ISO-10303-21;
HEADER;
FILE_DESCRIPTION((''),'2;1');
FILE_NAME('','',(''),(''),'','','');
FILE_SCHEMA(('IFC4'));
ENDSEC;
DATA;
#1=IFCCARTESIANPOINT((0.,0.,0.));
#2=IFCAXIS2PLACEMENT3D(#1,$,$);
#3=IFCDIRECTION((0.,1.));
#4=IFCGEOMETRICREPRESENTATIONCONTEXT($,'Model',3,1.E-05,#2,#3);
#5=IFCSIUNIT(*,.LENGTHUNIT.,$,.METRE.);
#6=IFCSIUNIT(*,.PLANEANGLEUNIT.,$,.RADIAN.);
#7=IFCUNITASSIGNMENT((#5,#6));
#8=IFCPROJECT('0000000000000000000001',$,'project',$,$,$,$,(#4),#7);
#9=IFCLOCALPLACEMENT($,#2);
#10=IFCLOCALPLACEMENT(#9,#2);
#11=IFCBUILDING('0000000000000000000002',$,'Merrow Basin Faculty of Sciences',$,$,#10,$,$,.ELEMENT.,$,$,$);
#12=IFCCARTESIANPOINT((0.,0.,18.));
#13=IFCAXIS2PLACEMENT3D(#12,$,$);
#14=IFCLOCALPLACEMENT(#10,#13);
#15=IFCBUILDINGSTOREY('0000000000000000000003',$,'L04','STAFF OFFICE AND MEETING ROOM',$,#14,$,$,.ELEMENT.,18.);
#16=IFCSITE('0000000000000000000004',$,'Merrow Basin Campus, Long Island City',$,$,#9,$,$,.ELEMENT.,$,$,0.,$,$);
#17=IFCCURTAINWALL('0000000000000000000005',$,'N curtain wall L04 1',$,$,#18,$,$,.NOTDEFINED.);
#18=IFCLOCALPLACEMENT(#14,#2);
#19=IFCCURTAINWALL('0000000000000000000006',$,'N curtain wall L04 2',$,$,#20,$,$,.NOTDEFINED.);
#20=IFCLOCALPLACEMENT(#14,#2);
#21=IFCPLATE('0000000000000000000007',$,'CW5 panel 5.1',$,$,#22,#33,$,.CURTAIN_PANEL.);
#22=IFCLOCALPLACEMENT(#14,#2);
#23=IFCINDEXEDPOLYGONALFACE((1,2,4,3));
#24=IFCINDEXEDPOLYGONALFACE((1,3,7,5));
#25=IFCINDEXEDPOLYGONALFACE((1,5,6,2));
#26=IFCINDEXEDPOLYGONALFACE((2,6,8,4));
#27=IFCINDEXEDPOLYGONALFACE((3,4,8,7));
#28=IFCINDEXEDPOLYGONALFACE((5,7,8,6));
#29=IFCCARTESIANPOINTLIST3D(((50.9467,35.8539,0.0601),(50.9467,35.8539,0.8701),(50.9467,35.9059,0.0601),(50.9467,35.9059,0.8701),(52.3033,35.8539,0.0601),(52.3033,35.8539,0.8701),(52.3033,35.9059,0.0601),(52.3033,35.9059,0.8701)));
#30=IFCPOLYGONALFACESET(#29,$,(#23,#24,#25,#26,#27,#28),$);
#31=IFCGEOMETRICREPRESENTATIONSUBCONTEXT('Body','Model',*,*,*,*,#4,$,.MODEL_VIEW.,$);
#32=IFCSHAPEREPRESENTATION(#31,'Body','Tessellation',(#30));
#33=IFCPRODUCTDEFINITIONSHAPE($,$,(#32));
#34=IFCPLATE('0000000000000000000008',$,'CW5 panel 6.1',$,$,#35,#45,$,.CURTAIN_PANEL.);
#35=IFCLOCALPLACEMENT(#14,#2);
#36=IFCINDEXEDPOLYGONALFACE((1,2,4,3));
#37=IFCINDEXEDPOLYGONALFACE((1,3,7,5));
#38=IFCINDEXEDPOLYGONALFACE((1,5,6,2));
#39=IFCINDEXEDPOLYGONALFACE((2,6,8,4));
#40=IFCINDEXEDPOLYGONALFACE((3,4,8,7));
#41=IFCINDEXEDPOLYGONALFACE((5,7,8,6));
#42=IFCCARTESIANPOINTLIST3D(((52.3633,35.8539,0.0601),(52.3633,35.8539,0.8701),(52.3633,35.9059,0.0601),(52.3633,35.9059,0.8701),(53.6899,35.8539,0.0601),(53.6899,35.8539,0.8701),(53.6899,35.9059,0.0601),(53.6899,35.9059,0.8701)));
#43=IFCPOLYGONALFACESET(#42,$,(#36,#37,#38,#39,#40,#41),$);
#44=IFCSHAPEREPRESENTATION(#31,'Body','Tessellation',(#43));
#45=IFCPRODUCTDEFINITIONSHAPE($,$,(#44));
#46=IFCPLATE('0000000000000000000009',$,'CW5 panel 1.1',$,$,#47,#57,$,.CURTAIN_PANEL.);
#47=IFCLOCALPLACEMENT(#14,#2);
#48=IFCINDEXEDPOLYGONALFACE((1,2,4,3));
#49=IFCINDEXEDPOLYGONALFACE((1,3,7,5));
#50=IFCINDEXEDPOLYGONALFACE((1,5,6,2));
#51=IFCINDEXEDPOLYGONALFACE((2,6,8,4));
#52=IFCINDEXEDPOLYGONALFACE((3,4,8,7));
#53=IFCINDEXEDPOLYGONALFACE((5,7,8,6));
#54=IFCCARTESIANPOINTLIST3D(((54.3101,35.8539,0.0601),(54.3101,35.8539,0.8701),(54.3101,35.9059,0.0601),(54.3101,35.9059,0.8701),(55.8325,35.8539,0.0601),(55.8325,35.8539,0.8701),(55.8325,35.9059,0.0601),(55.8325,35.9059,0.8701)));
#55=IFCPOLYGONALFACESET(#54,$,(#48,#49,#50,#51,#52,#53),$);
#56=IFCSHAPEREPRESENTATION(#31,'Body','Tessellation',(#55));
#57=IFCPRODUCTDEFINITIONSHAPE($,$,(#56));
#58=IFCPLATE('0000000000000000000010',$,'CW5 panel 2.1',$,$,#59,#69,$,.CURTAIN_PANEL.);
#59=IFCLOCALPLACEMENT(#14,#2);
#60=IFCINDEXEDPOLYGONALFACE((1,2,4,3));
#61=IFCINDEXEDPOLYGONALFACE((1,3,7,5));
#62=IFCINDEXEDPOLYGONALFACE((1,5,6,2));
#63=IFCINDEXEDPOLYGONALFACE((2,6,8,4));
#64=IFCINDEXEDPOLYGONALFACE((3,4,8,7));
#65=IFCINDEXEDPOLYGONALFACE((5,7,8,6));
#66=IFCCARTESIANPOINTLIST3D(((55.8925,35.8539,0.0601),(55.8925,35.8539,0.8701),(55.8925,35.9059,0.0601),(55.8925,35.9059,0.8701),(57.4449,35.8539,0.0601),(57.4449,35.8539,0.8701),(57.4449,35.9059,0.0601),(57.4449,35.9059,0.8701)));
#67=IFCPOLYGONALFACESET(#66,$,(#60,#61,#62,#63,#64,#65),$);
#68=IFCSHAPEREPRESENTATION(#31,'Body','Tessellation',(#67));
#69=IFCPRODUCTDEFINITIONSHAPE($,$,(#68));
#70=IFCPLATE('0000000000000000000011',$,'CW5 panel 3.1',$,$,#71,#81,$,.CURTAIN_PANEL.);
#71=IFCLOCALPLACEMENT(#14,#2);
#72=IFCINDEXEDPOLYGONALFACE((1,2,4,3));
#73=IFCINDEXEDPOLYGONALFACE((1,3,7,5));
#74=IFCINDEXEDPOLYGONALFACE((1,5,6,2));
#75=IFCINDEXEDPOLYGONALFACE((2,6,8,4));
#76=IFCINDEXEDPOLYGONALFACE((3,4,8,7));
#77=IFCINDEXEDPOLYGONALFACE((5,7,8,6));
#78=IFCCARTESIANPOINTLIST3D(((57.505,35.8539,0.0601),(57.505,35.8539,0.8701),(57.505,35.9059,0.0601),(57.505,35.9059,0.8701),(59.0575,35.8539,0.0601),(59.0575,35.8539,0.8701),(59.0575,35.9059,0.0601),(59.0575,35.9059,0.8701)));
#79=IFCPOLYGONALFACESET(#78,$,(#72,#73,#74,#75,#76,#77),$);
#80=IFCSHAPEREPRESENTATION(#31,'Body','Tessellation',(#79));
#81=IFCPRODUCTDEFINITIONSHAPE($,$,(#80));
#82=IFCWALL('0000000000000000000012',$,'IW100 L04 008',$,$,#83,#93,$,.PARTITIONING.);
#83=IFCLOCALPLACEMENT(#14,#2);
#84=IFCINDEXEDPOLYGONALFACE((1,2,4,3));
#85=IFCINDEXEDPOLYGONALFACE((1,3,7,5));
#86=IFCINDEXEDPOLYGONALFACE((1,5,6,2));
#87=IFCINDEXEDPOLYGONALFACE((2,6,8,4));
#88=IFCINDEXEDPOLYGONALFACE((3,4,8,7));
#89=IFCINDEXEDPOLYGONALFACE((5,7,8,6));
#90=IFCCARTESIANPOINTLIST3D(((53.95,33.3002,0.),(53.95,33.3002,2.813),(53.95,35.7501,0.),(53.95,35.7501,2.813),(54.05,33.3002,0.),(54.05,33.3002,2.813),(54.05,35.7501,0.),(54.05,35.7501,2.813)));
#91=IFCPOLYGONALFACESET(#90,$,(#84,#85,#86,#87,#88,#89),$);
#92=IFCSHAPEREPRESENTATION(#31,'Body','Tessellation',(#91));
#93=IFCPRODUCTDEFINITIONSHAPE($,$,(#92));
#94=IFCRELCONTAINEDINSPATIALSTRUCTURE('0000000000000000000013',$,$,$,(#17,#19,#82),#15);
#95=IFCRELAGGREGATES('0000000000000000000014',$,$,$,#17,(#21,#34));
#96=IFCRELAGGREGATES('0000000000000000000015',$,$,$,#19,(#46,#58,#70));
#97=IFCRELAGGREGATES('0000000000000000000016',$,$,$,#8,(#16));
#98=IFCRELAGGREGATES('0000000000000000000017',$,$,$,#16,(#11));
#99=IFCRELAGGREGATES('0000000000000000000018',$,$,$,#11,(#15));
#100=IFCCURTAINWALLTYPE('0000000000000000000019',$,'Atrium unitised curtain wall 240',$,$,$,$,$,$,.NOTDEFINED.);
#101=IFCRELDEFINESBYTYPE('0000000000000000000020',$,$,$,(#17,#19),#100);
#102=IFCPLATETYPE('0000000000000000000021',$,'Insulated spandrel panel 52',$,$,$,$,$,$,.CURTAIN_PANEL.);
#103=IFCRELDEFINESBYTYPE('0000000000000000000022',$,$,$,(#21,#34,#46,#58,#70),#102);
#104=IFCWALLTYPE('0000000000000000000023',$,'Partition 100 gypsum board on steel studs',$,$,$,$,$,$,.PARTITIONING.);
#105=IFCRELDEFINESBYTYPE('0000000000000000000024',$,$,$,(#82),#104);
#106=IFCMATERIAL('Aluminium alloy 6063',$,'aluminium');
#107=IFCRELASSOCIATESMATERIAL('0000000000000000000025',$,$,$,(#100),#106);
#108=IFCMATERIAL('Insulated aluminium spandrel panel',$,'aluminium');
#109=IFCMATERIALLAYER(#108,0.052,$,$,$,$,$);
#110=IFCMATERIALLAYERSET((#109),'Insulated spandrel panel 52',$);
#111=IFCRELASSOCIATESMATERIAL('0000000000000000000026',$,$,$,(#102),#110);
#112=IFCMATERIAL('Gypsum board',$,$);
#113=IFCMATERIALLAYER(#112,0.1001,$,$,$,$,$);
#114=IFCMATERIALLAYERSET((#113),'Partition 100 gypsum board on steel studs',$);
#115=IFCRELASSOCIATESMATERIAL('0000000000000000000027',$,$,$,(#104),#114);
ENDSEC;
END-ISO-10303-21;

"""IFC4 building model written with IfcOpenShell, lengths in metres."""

from ifc_helpers import new_model, si_unit, direction, frame, frame_2d, origin, origin_2d, place, context, subcontext, project, spatial, rectangle, extrude, material, layer, layer_set, type_object, element, aggregate, save


model = new_model("IFC4")

# Units and contexts
model_context = context("Model", 3, precision=1e-05, world=origin(), true_north=direction((0.0, 1.0)))
body_context = subcontext(model_context, "Body", "Model", "MODEL_VIEW")
ifc_project = project(units=[si_unit("LENGTHUNIT", "METRE"), si_unit("PLANEANGLEUNIT", "RADIAN")], contexts=[model_context])

# Site, building, storey
site_placement = place(None, origin())
site = spatial("IfcSite", under=ifc_project, at=site_placement, Name="Merrow Basin Campus, Long Island City", CompositionType="ELEMENT", RefElevation=0.0)
building_placement = place(site_placement, origin())
building = spatial("IfcBuilding", under=site, at=building_placement, Name="Merrow Basin Faculty of Sciences", CompositionType="ELEMENT")
storey_placement = place(building_placement, frame((0.0, 0.0, 18.0)))
storey = spatial("IfcBuildingStorey", under=building, at=storey_placement, Name="L04", Description="STAFF OFFICE AND MEETING ROOM", CompositionType="ELEMENT", Elevation=18.0)

# Curtain walls
ifc_material_1 = material(Name="Aluminium alloy 6063", Category="aluminium")
curtain_wall_type = type_object("IfcCurtainWallType", Name="Atrium unitised curtain wall 240", PredefinedType="NOTDEFINED", material=ifc_material_1)
curtain_wall_1_placement = place(storey_placement, origin())
curtain_wall_1 = element("IfcCurtainWall", 1, at=curtain_wall_1_placement, inside=storey, type_object=curtain_wall_type, Name="N curtain wall L04 1", PredefinedType="NOTDEFINED")
curtain_wall_2_placement = place(storey_placement, origin())
curtain_wall_2 = element("IfcCurtainWall", 2, at=curtain_wall_2_placement, inside=storey, type_object=curtain_wall_type, Name="N curtain wall L04 2", PredefinedType="NOTDEFINED")

# Plates
ifc_material_2 = material(Name="Insulated aluminium spandrel panel", Category="aluminium")
ifc_layer_1 = layer(ifc_material_2, 0.052)
ifc_layer_set_1 = layer_set([ifc_layer_1], Name="Insulated spandrel panel 52")
plate_type_1 = type_object("IfcPlateType", Name="Insulated spandrel panel 52", PredefinedType="CURTAIN_PANEL", material=ifc_layer_set_1)
plate_1_placement = place(storey_placement, frame((51.625, 35.8799, 0.0601), z_axis=(0.0, 0.0, 1.0), x_axis=(1.0, 0.0, 0.0)))
plate_1 = element("IfcPlate", 3, at=plate_1_placement, type_object=plate_type_1, Name="CW5 panel 5.1", PredefinedType="CURTAIN_PANEL", context=body_context, shape_type="SweptSolid", body=[
    extrude(rectangle(XDim=1.3567, YDim=0.052, at=origin_2d()), origin(), (0.0, 0.0, 1.0), 0.8101),
])
plate_2_placement = place(storey_placement, frame((53.0266, 35.8799, 0.0601), z_axis=(0.0, 0.0, 1.0), x_axis=(1.0, 0.0, 0.0)))
plate_2 = element("IfcPlate", 4, at=plate_2_placement, type_object=plate_type_1, Name="CW5 panel 6.1", PredefinedType="CURTAIN_PANEL", context=body_context, shape_type="SweptSolid", body=[
    extrude(rectangle(XDim=1.3267, YDim=0.052, at=origin_2d()), origin(), (0.0, 0.0, 1.0), 0.8101),
])
aggregate(curtain_wall_1, [plate_1, plate_2])
plate_3_placement = place(storey_placement, frame((55.0713, 35.8799, 0.0601), z_axis=(0.0, 0.0, 1.0), x_axis=(1.0, 0.0, 0.0)))
plate_3 = element("IfcPlate", 5, at=plate_3_placement, type_object=plate_type_1, Name="CW5 panel 1.1", PredefinedType="CURTAIN_PANEL", context=body_context, shape_type="SweptSolid", body=[
    extrude(rectangle(XDim=1.5225, YDim=0.052, at=origin_2d()), origin(), (0.0, 0.0, 1.0), 0.8101),
])
plate_4_placement = place(storey_placement, frame((56.6687, 35.8799, 0.0601), z_axis=(0.0, 0.0, 1.0), x_axis=(1.0, 0.0, 0.0)))
plate_4 = element("IfcPlate", 6, at=plate_4_placement, type_object=plate_type_1, Name="CW5 panel 2.1", PredefinedType="CURTAIN_PANEL", context=body_context, shape_type="SweptSolid", body=[
    extrude(rectangle(XDim=1.5525, YDim=0.052, at=origin_2d()), origin(), (0.0, 0.0, 1.0), 0.8101),
])
plate_5_placement = place(storey_placement, frame((58.2812, 35.8799, 0.0601), z_axis=(0.0, 0.0, 1.0), x_axis=(1.0, 0.0, 0.0)))
plate_5 = element("IfcPlate", 7, at=plate_5_placement, type_object=plate_type_1, Name="CW5 panel 3.1", PredefinedType="CURTAIN_PANEL", context=body_context, shape_type="SweptSolid", body=[
    extrude(rectangle(XDim=1.5525, YDim=0.052, at=origin_2d()), origin(), (0.0, 0.0, 1.0), 0.8101),
])
aggregate(curtain_wall_2, [plate_3, plate_4, plate_5])

# Wall
ifc_material_3 = material(Name="Gypsum board")
ifc_layer_2 = layer(ifc_material_3, 0.1001)
ifc_layer_set_2 = layer_set([ifc_layer_2], Name="Partition 100 gypsum board on steel studs")
wall_type = type_object("IfcWallType", Name="Partition 100 gypsum board on steel studs", PredefinedType="PARTITIONING", material=ifc_layer_set_2)
wall_placement = place(storey_placement, frame((54.0, 33.3, 0.0), z_axis=(0.0, 0.0, 1.0), x_axis=(0.0, 1.0, 0.0)))
element("IfcWall", 8, at=wall_placement, inside=storey, type_object=wall_type, Name="IW100 L04 008", PredefinedType="PARTITIONING", context=body_context, shape_type="SweptSolid", body=[
    extrude(rectangle(XDim=2.45, YDim=0.1001, at=frame_2d((1.2251, 0.0))), origin(), (0.0, 0.0, 1.0), 2.813),
])

save(model, "model.ifc")
